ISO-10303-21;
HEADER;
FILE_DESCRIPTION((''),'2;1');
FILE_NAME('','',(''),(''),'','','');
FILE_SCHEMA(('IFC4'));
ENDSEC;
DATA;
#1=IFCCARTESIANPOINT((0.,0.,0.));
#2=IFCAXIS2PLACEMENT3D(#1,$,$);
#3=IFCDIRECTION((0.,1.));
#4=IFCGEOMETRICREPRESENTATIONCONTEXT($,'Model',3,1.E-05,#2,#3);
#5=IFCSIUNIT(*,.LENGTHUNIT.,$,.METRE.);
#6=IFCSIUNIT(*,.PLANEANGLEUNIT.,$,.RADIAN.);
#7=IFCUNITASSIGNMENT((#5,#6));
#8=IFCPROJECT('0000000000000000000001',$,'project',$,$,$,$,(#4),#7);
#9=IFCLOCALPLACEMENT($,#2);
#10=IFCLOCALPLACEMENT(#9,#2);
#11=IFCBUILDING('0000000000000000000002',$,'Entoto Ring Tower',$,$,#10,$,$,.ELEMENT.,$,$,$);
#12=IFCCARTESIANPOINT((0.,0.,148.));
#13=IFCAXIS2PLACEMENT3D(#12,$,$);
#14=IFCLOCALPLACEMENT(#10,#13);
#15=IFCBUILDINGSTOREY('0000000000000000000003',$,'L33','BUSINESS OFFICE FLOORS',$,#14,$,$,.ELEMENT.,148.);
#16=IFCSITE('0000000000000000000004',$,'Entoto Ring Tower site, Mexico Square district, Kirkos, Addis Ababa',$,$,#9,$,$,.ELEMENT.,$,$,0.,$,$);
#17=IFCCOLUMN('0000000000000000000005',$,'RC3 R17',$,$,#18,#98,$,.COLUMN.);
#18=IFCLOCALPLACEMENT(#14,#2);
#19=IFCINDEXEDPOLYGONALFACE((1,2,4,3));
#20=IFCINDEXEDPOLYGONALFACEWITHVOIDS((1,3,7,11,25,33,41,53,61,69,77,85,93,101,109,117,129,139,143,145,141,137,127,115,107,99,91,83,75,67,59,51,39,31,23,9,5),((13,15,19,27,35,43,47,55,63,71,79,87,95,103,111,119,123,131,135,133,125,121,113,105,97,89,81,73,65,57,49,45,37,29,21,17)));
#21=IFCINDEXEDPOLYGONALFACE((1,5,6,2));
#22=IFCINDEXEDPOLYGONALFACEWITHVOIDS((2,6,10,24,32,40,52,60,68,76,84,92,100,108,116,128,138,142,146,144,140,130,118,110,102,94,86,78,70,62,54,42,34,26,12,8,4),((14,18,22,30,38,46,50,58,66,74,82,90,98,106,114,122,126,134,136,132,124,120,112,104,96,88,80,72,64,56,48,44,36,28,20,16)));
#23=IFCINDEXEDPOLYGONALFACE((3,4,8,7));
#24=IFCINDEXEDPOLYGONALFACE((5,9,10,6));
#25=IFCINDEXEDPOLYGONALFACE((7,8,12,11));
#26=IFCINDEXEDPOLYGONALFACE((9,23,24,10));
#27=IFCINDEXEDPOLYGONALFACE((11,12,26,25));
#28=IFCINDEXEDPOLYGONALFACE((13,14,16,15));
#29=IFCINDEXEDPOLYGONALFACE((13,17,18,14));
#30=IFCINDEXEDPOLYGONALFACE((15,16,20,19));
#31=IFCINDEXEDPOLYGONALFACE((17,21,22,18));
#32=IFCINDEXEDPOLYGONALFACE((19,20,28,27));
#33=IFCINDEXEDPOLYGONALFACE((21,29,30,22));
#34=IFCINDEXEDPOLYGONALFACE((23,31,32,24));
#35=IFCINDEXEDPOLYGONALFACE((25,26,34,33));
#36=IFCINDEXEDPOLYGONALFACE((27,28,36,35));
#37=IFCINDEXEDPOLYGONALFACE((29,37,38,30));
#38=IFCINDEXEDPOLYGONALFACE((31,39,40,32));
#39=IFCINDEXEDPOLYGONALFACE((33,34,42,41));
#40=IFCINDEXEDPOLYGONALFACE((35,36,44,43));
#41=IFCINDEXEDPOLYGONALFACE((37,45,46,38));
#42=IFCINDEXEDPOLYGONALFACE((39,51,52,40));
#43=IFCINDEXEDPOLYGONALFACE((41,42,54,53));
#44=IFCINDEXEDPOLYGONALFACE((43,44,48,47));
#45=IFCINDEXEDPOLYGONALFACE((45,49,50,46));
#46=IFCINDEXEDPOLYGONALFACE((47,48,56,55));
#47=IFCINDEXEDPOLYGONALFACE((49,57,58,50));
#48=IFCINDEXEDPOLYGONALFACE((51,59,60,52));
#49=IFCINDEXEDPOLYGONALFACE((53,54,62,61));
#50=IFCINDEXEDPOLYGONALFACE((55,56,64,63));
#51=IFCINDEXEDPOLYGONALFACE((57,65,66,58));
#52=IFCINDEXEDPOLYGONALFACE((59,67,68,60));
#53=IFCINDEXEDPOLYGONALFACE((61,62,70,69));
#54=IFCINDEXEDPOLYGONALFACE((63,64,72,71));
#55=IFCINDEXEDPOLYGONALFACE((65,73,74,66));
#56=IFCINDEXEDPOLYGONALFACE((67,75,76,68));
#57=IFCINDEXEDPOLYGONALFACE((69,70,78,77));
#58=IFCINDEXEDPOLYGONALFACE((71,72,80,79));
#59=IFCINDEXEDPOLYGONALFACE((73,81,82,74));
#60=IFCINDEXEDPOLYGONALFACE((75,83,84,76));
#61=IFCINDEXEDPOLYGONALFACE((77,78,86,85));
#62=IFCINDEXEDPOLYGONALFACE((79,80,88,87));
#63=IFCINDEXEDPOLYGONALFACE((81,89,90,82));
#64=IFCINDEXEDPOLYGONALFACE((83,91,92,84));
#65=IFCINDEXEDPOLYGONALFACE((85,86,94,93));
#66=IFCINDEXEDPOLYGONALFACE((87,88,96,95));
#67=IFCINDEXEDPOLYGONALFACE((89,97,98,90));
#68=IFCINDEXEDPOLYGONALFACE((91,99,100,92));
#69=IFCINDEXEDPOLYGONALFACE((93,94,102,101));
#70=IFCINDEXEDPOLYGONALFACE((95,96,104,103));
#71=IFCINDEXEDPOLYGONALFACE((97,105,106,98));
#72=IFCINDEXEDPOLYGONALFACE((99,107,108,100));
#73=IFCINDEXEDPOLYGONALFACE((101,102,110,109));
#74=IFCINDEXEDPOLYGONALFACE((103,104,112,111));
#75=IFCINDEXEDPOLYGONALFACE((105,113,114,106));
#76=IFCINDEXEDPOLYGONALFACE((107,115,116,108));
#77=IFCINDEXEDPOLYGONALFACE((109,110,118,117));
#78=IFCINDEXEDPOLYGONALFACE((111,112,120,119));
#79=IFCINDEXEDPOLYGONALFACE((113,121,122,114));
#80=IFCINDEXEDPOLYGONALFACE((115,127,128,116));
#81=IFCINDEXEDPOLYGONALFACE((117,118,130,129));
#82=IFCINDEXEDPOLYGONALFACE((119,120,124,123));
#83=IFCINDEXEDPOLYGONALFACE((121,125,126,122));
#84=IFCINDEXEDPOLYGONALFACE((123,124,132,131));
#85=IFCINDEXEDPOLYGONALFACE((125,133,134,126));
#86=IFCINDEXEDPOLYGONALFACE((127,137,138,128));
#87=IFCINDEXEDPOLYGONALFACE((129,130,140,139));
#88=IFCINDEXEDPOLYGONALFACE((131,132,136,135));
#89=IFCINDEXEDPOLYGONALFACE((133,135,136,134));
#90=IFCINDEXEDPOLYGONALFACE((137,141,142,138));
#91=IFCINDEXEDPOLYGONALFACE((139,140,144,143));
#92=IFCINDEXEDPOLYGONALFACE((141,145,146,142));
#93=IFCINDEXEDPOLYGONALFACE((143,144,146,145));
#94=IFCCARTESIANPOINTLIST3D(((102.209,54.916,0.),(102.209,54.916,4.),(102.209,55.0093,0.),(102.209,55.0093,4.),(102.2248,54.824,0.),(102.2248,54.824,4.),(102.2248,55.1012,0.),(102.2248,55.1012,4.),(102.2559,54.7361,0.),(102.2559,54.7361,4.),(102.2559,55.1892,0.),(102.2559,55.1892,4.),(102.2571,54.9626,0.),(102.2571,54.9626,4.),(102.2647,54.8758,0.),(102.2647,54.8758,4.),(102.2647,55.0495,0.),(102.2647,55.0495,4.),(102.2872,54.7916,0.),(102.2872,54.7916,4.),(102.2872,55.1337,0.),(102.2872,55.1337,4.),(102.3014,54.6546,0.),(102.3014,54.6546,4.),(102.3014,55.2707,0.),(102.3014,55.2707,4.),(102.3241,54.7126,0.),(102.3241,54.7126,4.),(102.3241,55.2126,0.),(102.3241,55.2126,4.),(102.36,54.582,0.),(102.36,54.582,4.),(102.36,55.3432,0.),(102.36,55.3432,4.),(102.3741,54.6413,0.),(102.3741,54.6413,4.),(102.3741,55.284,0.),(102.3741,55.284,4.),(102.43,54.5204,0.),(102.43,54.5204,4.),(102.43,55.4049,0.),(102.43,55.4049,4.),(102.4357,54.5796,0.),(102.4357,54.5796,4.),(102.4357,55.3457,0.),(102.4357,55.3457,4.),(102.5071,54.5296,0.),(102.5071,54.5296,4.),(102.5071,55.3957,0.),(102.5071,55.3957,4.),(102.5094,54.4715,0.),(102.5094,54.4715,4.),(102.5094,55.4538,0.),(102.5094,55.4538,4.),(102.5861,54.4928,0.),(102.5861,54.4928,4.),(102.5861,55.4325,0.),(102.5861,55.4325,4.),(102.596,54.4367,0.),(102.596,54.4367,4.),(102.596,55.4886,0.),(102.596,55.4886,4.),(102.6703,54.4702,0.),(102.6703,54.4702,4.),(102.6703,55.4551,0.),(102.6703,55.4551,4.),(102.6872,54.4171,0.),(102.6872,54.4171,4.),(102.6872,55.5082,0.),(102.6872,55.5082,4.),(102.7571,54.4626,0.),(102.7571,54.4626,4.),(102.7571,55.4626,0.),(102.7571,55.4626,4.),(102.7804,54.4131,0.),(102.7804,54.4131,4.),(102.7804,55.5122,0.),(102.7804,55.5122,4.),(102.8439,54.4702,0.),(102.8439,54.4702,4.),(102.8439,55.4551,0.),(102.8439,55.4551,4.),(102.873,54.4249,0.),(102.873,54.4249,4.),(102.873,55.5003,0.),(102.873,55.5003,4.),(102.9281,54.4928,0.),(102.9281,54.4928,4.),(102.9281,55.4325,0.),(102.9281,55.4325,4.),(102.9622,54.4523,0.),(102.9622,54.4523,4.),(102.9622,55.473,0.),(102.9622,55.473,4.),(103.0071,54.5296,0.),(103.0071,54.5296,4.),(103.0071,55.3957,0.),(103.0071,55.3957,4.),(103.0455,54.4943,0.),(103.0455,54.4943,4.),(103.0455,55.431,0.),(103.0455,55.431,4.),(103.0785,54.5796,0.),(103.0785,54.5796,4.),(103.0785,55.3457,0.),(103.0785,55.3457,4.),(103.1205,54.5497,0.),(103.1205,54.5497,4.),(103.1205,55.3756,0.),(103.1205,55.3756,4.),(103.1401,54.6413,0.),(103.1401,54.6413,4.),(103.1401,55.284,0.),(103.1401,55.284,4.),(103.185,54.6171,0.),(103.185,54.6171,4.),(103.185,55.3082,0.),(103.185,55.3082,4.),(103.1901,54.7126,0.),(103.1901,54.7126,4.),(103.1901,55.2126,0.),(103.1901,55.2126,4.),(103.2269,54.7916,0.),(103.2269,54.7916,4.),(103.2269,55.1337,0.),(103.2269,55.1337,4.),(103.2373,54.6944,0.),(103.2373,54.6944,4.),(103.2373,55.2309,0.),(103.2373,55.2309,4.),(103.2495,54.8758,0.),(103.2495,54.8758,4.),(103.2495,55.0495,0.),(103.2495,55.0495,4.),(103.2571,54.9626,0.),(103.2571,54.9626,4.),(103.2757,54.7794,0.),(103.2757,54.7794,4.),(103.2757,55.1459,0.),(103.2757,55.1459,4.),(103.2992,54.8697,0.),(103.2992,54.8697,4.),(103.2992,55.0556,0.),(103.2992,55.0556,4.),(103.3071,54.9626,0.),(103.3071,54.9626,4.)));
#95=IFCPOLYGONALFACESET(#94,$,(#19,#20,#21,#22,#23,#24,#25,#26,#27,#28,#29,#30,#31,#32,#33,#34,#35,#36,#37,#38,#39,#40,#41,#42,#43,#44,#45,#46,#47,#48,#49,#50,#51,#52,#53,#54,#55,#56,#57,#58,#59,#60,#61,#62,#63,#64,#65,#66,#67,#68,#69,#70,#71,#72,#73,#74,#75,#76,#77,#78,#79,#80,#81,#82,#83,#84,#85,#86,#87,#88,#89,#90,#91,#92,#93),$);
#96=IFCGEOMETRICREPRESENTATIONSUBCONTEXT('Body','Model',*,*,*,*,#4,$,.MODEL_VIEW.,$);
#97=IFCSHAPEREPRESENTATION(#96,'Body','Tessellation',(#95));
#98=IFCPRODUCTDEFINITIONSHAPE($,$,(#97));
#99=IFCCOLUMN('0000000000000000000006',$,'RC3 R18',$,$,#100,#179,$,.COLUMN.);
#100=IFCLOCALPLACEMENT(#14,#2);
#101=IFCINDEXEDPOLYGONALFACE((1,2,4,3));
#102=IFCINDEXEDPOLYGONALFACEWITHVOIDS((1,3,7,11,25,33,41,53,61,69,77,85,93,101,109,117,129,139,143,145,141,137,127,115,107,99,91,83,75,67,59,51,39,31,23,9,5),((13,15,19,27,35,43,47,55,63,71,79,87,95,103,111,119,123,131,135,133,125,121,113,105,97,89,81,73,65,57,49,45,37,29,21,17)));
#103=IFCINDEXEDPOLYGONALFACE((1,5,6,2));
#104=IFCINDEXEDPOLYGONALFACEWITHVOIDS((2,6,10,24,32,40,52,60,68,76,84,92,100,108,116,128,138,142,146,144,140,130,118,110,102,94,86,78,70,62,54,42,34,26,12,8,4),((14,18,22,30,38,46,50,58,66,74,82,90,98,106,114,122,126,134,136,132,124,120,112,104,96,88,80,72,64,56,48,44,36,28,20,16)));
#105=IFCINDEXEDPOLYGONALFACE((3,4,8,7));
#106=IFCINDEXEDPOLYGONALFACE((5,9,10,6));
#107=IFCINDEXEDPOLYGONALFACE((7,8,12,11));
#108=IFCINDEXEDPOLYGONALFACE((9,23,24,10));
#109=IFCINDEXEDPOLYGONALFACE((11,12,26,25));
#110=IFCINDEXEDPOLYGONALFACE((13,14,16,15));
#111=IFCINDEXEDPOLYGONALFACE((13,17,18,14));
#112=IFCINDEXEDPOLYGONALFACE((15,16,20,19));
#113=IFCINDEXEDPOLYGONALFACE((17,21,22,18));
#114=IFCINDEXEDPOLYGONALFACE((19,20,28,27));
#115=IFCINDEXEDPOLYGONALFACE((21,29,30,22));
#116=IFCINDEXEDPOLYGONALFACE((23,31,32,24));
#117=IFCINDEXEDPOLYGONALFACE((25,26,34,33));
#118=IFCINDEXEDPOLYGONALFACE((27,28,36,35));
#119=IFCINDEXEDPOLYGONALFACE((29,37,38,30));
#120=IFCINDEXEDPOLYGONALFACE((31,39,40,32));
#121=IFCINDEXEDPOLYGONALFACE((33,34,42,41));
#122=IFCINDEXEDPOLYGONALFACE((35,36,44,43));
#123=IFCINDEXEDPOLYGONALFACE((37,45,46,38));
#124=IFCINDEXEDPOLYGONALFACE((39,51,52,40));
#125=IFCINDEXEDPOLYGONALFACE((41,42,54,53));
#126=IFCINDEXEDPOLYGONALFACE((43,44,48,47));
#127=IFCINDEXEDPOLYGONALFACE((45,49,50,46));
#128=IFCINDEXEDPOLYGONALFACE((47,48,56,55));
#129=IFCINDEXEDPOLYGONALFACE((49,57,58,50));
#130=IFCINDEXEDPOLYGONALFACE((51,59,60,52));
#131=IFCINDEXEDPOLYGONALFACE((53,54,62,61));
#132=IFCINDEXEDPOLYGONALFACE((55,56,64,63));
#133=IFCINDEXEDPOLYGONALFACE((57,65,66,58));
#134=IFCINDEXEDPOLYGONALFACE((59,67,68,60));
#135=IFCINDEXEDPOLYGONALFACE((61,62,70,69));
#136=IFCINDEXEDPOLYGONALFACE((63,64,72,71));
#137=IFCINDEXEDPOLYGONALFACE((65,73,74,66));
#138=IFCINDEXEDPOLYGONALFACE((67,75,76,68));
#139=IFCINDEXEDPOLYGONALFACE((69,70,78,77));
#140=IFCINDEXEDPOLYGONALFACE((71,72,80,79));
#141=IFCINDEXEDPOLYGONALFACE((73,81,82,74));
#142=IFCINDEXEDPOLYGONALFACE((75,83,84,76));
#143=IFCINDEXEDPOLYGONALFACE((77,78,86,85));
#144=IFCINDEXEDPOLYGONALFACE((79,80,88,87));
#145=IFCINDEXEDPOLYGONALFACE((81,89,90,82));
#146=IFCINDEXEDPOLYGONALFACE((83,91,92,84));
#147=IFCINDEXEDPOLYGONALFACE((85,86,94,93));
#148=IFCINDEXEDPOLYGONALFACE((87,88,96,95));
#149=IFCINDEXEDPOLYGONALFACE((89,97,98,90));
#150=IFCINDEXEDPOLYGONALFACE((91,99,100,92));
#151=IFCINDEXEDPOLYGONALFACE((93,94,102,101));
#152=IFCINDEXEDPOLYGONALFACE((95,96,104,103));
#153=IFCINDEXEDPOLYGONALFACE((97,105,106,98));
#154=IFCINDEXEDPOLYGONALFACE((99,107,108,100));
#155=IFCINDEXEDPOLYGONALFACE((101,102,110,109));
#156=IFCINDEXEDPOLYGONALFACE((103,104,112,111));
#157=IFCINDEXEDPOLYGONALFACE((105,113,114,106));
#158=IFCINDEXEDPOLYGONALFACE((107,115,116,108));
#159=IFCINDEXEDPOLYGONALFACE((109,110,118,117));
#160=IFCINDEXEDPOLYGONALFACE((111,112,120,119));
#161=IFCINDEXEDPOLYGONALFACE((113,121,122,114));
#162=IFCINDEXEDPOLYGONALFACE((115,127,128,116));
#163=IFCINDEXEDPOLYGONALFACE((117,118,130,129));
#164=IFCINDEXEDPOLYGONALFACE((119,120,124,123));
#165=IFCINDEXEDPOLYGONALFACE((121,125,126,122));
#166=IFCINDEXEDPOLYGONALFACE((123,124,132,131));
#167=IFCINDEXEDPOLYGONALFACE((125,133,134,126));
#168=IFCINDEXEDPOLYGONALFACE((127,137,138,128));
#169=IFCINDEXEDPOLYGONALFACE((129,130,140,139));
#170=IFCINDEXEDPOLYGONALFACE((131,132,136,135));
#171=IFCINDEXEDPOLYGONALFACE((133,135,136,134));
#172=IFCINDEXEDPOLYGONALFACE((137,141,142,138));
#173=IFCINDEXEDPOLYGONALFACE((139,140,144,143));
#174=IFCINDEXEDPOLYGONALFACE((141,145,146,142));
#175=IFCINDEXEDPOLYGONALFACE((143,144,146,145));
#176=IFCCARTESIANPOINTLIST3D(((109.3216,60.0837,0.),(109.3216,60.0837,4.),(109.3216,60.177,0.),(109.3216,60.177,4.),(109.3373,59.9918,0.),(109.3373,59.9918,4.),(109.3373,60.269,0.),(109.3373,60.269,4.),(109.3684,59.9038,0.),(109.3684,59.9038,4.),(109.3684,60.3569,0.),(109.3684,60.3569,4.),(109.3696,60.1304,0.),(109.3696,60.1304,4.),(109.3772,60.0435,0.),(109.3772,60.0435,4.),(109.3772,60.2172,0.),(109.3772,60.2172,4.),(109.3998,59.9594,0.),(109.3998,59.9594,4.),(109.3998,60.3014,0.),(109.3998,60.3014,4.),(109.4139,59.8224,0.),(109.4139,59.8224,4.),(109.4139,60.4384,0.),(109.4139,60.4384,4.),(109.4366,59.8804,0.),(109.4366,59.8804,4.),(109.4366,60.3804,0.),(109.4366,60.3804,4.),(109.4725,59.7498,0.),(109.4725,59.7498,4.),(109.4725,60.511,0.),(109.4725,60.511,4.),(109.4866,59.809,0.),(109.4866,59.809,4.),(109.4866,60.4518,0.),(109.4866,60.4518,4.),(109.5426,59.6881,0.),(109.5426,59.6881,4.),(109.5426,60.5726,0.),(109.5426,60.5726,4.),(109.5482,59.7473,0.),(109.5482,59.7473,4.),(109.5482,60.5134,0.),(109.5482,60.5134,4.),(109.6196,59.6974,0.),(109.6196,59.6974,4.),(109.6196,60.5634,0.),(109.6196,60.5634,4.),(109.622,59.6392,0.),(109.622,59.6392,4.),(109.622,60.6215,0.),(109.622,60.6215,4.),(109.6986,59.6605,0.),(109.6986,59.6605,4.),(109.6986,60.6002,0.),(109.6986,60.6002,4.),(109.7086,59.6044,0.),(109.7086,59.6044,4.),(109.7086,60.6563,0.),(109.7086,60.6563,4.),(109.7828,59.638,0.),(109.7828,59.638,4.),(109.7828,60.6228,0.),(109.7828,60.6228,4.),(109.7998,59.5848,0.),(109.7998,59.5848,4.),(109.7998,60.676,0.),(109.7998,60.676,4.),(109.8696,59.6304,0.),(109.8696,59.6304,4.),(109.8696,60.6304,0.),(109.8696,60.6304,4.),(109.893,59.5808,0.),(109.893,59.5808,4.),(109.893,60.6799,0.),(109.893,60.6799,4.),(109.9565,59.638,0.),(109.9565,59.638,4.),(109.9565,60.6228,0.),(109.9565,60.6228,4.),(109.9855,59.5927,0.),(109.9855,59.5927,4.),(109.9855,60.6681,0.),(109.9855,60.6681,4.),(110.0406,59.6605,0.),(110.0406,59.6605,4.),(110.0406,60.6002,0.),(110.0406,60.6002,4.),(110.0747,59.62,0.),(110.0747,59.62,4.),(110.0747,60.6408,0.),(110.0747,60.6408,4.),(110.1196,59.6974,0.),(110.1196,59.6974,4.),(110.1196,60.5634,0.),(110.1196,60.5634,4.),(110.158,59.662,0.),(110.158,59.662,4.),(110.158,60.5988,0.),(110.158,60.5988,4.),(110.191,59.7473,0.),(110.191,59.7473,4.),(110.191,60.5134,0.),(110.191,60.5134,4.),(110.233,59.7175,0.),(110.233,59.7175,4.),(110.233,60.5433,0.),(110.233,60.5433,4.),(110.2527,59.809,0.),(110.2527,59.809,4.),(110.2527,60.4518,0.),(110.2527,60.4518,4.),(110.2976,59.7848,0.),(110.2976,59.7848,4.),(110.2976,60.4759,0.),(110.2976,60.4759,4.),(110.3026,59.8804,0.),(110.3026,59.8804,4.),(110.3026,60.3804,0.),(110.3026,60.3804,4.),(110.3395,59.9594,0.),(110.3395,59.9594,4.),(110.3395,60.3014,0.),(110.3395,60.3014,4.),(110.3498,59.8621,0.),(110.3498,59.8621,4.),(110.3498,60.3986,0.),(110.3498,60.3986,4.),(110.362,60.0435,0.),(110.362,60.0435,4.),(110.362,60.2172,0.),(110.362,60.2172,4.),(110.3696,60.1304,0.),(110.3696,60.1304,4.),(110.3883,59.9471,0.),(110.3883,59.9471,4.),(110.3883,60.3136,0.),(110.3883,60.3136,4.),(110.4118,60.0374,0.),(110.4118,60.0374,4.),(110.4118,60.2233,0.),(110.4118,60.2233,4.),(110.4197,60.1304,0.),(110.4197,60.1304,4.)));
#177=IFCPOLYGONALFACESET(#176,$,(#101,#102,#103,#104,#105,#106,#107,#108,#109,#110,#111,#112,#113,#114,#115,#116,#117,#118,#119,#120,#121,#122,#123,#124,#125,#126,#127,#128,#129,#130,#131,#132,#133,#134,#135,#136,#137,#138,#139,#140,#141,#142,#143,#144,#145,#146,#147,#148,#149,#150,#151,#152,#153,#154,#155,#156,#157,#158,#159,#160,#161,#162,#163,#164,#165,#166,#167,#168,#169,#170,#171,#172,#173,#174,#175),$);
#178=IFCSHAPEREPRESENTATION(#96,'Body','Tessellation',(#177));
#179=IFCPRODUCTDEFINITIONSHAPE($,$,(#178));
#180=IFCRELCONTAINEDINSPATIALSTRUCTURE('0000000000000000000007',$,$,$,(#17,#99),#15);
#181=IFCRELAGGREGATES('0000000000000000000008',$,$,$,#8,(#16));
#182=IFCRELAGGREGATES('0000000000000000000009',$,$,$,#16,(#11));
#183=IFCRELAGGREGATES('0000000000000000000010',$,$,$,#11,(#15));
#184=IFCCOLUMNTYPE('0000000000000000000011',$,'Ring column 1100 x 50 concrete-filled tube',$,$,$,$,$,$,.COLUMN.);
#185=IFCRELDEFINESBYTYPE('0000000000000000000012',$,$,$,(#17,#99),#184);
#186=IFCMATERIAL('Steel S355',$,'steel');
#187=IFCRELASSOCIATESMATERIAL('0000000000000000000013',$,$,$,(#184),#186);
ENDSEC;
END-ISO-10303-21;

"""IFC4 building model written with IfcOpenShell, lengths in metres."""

from ifc_helpers import new_model, si_unit, direction, frame, origin, origin_2d, place, context, subcontext, project, spatial, circle, hollow_circle, extrude, material, material_profile, profile_set, type_object, element, save


model = new_model("IFC4")

# Units and contexts
model_context = context("Model", 3, precision=1e-05, world=origin(), true_north=direction((0.0, 1.0)))
body_context = subcontext(model_context, "Body", "Model", "MODEL_VIEW")
ifc_project = project(units=[si_unit("LENGTHUNIT", "METRE"), si_unit("PLANEANGLEUNIT", "RADIAN")], contexts=[model_context])

# Site, building, storey
site_placement = place(None, origin())
site = spatial("IfcSite", under=ifc_project, at=site_placement, Name="Entoto Ring Tower site, Mexico Square district, Kirkos, Addis Ababa", CompositionType="ELEMENT", RefElevation=0.0)
building_placement = place(site_placement, origin())
building = spatial("IfcBuilding", under=site, at=building_placement, Name="Entoto Ring Tower", CompositionType="ELEMENT")
storey_placement = place(building_placement, frame((0.0, 0.0, 148.0)))
storey = spatial("IfcBuildingStorey", under=building, at=storey_placement, Name="L33", Description="BUSINESS OFFICE FLOORS", CompositionType="ELEMENT", Elevation=148.0)

# Columns
ifc_material_1 = material(Name="Steel S355", Category="steel")
ifc_material_profile_1 = material_profile(ifc_material_1, hollow_circle(Radius=0.55, WallThickness=0.05, at=origin_2d()), Name="CHS 1100 x 50")
ifc_material_2 = material(Name="Concrete C60/75", Category="concrete")
ifc_material_profile_2 = material_profile(ifc_material_2, circle(Radius=0.5, at=origin_2d()), Name="Concrete C60/75 infill")
ifc_profile_set_1 = profile_set([ifc_material_profile_1, ifc_material_profile_2], Name="Steel S355")
column_type = type_object("IfcColumnType", Name="Ring column 1100 x 50 concrete-filled tube", PredefinedType="COLUMN", material=ifc_profile_set_1)
for number, where, z_axis, x_axis, name in (
    (1, (102.7571, 54.9626, 0.0), (0.0, 0.0, 1.0), (1.0, 0.0, 0.0), "RC3 R17"),
    (2, (109.8696, 60.1304, 0.0), (0.0, 0.0, 1.0), (1.0, 0.0, 0.0), "RC3 R18"),
):
    element("IfcColumn", number, at=place(storey_placement, frame(where, z_axis=z_axis, x_axis=x_axis)), inside=storey, type_object=column_type, Name=name, PredefinedType="COLUMN", context=body_context, shape_type="SweptSolid", body=[
        extrude(hollow_circle(Radius=0.55, WallThickness=0.05, at=origin_2d()), origin(), (0.0, 0.0, 1.0), 4.0),
    ])

save(model, "model.ifc")
